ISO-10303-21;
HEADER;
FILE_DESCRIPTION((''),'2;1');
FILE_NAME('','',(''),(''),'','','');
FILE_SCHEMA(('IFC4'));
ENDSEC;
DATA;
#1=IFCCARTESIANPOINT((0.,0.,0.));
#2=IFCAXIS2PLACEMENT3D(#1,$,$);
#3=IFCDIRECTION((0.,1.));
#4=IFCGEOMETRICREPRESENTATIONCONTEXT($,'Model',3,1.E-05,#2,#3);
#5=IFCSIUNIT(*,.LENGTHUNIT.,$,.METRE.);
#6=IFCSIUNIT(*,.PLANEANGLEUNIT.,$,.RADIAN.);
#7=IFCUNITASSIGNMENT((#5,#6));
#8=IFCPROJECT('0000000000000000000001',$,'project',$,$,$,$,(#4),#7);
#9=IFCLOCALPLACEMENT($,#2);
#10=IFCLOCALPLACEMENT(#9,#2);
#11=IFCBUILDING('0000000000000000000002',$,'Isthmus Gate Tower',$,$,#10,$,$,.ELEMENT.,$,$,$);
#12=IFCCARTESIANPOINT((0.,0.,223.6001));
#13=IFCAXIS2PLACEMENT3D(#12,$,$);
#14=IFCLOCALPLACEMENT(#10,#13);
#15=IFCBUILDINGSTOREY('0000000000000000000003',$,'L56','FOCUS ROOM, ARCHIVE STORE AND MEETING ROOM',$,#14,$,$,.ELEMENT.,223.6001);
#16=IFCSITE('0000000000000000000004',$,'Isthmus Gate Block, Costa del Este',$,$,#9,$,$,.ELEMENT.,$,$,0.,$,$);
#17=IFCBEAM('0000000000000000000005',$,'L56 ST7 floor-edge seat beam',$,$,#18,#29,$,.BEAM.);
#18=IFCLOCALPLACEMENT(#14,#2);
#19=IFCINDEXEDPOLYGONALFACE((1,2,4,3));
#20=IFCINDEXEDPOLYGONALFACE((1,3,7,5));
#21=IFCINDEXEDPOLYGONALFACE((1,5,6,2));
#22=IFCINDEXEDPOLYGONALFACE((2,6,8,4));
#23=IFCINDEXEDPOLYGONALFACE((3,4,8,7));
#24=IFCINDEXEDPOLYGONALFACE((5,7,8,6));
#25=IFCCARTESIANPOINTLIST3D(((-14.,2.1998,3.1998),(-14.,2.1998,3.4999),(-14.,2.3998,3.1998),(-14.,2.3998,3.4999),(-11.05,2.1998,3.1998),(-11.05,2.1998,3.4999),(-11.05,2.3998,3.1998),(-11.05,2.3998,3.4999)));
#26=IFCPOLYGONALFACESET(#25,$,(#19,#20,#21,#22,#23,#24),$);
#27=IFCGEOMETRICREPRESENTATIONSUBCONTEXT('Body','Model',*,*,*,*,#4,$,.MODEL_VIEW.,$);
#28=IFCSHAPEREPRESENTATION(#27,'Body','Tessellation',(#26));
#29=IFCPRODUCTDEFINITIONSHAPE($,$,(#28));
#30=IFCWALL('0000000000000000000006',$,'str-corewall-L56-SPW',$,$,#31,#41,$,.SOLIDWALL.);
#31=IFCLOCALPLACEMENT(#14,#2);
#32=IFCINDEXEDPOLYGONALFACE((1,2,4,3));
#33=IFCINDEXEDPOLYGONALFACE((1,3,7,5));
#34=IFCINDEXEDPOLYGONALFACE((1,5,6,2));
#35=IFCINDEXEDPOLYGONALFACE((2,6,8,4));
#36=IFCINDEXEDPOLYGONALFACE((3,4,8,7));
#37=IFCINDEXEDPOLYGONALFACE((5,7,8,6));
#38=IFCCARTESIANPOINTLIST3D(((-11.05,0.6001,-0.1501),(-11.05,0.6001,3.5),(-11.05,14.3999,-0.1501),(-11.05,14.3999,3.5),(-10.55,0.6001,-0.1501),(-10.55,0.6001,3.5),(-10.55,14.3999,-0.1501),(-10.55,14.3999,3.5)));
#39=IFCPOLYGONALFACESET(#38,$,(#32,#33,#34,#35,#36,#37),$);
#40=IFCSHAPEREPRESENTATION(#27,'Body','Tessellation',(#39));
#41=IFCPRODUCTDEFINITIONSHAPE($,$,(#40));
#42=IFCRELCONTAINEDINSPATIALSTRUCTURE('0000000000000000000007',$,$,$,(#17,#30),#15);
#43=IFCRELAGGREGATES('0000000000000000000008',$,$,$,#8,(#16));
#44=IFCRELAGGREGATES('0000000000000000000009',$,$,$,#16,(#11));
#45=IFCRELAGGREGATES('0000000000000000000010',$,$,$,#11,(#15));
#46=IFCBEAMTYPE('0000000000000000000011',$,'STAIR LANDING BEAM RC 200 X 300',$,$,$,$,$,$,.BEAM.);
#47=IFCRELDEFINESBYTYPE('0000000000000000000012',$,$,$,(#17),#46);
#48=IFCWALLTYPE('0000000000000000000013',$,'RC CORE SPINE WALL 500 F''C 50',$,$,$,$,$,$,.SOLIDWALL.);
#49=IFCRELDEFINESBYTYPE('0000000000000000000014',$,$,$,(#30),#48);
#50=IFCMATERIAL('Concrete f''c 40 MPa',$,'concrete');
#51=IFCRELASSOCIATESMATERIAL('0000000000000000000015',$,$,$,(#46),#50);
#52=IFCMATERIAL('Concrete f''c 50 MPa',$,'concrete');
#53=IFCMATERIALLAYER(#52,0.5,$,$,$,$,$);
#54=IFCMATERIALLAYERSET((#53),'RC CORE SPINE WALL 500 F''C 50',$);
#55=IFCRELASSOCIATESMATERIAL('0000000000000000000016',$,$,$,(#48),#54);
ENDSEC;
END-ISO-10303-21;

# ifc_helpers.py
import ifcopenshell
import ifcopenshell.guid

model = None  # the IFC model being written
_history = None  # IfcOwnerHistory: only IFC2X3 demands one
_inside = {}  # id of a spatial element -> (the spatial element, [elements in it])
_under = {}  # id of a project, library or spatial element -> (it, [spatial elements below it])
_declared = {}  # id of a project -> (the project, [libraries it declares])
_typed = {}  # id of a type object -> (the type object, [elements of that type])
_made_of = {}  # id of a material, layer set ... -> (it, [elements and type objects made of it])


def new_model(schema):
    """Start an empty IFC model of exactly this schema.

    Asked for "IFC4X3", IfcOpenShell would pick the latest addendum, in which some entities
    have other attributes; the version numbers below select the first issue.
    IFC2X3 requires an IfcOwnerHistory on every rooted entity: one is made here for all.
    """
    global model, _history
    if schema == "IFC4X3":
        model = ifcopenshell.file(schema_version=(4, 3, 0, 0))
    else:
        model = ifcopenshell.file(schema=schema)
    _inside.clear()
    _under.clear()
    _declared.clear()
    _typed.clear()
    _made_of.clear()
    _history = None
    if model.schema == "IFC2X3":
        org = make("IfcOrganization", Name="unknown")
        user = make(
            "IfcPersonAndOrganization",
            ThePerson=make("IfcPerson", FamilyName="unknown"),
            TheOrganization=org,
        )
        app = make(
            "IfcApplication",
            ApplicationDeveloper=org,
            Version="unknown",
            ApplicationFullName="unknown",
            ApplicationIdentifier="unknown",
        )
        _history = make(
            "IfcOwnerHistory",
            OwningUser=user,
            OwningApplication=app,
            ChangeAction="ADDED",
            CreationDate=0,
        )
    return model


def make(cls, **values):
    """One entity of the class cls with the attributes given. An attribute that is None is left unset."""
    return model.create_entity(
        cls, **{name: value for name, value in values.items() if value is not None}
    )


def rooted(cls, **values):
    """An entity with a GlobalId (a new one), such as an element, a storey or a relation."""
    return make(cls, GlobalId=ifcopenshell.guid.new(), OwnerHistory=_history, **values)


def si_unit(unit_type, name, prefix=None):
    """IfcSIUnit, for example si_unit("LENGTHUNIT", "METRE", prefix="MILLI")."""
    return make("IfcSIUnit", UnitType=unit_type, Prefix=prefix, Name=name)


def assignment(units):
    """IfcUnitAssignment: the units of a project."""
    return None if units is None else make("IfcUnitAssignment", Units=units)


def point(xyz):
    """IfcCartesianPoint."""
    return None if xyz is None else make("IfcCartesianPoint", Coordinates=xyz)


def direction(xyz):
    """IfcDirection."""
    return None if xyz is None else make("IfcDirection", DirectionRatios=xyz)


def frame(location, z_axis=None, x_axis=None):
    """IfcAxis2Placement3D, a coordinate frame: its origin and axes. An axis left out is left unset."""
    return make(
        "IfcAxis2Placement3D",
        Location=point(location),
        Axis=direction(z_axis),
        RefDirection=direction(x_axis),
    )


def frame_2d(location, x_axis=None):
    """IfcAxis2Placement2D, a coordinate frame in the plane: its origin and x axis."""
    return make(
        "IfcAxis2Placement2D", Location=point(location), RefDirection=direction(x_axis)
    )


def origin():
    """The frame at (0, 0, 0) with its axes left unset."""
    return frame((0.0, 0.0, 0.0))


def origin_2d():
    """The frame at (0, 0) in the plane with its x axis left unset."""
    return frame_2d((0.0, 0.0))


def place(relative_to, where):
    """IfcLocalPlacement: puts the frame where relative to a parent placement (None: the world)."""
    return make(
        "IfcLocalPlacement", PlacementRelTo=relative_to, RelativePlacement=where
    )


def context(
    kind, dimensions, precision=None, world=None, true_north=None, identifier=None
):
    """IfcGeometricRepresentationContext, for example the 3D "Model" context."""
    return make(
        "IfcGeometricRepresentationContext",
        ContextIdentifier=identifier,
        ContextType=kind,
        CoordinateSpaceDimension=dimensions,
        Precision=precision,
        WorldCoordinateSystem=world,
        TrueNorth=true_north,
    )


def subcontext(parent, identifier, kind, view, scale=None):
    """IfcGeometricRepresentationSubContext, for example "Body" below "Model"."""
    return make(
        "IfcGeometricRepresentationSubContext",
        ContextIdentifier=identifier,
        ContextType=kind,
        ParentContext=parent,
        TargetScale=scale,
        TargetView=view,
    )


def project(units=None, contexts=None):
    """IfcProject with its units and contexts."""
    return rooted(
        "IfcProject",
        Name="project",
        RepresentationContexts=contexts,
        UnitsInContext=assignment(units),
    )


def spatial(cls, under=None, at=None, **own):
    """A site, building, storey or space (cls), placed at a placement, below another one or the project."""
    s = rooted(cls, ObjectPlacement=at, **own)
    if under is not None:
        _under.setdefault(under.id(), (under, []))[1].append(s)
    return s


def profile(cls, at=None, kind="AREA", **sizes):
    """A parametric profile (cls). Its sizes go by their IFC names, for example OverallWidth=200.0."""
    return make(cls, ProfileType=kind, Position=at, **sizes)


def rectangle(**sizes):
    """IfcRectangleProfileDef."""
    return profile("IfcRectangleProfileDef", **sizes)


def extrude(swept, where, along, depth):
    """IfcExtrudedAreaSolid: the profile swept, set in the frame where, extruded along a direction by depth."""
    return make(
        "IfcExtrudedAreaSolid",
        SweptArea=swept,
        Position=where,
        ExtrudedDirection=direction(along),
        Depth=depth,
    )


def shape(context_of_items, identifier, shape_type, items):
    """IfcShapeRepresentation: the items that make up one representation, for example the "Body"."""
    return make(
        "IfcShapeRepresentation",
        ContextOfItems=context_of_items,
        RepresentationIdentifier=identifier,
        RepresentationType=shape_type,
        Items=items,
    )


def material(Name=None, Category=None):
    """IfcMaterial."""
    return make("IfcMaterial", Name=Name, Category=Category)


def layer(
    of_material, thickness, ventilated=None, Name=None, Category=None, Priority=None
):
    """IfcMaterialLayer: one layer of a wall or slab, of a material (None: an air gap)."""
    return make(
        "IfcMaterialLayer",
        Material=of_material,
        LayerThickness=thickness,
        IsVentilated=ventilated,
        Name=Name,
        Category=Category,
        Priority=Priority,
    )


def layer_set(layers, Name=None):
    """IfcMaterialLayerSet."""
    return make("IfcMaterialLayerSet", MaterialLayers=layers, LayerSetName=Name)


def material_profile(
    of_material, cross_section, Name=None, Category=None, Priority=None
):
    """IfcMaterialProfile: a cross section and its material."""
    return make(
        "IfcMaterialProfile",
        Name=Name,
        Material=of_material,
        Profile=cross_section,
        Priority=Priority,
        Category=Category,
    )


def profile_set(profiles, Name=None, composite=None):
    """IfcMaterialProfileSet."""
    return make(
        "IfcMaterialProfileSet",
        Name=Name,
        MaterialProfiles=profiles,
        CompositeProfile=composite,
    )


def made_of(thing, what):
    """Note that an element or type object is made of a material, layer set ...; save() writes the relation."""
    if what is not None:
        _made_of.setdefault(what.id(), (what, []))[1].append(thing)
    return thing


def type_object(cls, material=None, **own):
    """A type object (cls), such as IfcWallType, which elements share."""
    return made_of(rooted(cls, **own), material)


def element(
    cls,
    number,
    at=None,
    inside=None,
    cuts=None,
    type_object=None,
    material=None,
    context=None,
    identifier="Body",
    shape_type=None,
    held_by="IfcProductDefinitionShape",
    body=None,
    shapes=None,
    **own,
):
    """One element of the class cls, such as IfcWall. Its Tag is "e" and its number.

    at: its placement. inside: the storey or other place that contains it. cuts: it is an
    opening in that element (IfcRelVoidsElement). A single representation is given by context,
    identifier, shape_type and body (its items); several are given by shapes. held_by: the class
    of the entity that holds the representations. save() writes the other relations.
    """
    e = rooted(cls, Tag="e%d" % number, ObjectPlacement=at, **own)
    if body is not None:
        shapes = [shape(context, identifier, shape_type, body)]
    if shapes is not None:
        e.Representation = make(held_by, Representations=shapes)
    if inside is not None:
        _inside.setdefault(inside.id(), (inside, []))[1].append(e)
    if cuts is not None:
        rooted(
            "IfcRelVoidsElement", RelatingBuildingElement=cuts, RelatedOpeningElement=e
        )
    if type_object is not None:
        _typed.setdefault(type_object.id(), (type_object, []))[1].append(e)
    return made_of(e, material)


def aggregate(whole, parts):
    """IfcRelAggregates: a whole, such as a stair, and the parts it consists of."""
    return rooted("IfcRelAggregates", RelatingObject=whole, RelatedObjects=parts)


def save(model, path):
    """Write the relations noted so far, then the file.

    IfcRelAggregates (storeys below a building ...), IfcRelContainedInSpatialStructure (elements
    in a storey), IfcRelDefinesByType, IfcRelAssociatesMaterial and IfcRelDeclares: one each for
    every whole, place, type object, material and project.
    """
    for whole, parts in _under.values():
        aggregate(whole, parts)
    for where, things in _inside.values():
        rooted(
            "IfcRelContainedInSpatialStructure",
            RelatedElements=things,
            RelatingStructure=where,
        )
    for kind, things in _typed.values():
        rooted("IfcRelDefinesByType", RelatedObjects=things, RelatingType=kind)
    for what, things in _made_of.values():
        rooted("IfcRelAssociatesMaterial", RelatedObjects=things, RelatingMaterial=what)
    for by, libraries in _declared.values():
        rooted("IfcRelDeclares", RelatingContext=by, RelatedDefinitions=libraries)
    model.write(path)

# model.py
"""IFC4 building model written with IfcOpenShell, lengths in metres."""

from ifc_helpers import new_model, si_unit, direction, frame, frame_2d, origin, origin_2d, place, context, subcontext, project, spatial, rectangle, extrude, material, layer, layer_set, material_profile, profile_set, type_object, element, save


model = new_model("IFC4")

# Units and contexts
model_context = context("Model", 3, precision=1e-05, world=origin(), true_north=direction((0.0, 1.0)))
body_context = subcontext(model_context, "Body", "Model", "MODEL_VIEW")
ifc_project = project(units=[si_unit("LENGTHUNIT", "METRE"), si_unit("PLANEANGLEUNIT", "RADIAN")], contexts=[model_context])

# Site, building, storey
site_placement = place(None, origin())
site = spatial("IfcSite", under=ifc_project, at=site_placement, Name="Isthmus Gate Block, Costa del Este", CompositionType="ELEMENT", RefElevation=0.0)
building_placement = place(site_placement, origin())
building = spatial("IfcBuilding", under=site, at=building_placement, Name="Isthmus Gate Tower", CompositionType="ELEMENT")
storey_placement = place(building_placement, frame((0.0, 0.0, 223.6001)))
storey = spatial("IfcBuildingStorey", under=building, at=storey_placement, Name="L56", Description="FOCUS ROOM, ARCHIVE STORE AND MEETING ROOM", CompositionType="ELEMENT", Elevation=223.6001)

# Beam
ifc_material_1 = material(Name="Concrete f'c 40 MPa", Category="concrete")
ifc_material_profile = material_profile(ifc_material_1, rectangle(XDim=0.2, YDim=0.3, at=origin_2d()), Name="STAIR LANDING BEAM RC 200 X 300")
ifc_profile_set = profile_set([ifc_material_profile], Name="Concrete f'c 40 MPa")
beam_type = type_object("IfcBeamType", Name="STAIR LANDING BEAM RC 200 X 300", PredefinedType="BEAM", material=ifc_profile_set)
beam_placement = place(storey_placement, frame((-14.0, 2.2998, 3.3499), z_axis=(1.0, 0.0, 0.0), x_axis=(0.0, 1.0, 0.0)))
element("IfcBeam", 1, at=beam_placement, inside=storey, type_object=beam_type, Name="L56 ST7 floor-edge seat beam", PredefinedType="BEAM", context=body_context, shape_type="SweptSolid", body=[
    extrude(rectangle(XDim=0.2, YDim=0.3, at=origin_2d()), origin(), (0.0, 0.0, 1.0), 2.95),
])

# Wall
ifc_material_2 = material(Name="Concrete f'c 50 MPa", Category="concrete")
ifc_layer_1 = layer(ifc_material_2, 0.5)
ifc_layer_set_1 = layer_set([ifc_layer_1], Name="RC CORE SPINE WALL 500 F'C 50")
wall_type_1 = type_object("IfcWallType", Name="RC CORE SPINE WALL 500 F'C 50", PredefinedType="SOLIDWALL", material=ifc_layer_set_1)
wall_1_placement = place(storey_placement, frame((-10.8, 0.6001, -0.1501), z_axis=(0.0, 0.0, 1.0), x_axis=(0.0, 1.0, 0.0)))
element("IfcWall", 2, at=wall_1_placement, inside=storey, type_object=wall_type_1, Name="str-corewall-L56-SPW", PredefinedType="SOLIDWALL", context=body_context, shape_type="SweptSolid", body=[
    extrude(rectangle(XDim=13.7998, YDim=0.5, at=frame_2d((6.8999, 0.0))), origin(), (0.0, 0.0, 1.0), 3.6501),
])

save(model, "model.ifc")
